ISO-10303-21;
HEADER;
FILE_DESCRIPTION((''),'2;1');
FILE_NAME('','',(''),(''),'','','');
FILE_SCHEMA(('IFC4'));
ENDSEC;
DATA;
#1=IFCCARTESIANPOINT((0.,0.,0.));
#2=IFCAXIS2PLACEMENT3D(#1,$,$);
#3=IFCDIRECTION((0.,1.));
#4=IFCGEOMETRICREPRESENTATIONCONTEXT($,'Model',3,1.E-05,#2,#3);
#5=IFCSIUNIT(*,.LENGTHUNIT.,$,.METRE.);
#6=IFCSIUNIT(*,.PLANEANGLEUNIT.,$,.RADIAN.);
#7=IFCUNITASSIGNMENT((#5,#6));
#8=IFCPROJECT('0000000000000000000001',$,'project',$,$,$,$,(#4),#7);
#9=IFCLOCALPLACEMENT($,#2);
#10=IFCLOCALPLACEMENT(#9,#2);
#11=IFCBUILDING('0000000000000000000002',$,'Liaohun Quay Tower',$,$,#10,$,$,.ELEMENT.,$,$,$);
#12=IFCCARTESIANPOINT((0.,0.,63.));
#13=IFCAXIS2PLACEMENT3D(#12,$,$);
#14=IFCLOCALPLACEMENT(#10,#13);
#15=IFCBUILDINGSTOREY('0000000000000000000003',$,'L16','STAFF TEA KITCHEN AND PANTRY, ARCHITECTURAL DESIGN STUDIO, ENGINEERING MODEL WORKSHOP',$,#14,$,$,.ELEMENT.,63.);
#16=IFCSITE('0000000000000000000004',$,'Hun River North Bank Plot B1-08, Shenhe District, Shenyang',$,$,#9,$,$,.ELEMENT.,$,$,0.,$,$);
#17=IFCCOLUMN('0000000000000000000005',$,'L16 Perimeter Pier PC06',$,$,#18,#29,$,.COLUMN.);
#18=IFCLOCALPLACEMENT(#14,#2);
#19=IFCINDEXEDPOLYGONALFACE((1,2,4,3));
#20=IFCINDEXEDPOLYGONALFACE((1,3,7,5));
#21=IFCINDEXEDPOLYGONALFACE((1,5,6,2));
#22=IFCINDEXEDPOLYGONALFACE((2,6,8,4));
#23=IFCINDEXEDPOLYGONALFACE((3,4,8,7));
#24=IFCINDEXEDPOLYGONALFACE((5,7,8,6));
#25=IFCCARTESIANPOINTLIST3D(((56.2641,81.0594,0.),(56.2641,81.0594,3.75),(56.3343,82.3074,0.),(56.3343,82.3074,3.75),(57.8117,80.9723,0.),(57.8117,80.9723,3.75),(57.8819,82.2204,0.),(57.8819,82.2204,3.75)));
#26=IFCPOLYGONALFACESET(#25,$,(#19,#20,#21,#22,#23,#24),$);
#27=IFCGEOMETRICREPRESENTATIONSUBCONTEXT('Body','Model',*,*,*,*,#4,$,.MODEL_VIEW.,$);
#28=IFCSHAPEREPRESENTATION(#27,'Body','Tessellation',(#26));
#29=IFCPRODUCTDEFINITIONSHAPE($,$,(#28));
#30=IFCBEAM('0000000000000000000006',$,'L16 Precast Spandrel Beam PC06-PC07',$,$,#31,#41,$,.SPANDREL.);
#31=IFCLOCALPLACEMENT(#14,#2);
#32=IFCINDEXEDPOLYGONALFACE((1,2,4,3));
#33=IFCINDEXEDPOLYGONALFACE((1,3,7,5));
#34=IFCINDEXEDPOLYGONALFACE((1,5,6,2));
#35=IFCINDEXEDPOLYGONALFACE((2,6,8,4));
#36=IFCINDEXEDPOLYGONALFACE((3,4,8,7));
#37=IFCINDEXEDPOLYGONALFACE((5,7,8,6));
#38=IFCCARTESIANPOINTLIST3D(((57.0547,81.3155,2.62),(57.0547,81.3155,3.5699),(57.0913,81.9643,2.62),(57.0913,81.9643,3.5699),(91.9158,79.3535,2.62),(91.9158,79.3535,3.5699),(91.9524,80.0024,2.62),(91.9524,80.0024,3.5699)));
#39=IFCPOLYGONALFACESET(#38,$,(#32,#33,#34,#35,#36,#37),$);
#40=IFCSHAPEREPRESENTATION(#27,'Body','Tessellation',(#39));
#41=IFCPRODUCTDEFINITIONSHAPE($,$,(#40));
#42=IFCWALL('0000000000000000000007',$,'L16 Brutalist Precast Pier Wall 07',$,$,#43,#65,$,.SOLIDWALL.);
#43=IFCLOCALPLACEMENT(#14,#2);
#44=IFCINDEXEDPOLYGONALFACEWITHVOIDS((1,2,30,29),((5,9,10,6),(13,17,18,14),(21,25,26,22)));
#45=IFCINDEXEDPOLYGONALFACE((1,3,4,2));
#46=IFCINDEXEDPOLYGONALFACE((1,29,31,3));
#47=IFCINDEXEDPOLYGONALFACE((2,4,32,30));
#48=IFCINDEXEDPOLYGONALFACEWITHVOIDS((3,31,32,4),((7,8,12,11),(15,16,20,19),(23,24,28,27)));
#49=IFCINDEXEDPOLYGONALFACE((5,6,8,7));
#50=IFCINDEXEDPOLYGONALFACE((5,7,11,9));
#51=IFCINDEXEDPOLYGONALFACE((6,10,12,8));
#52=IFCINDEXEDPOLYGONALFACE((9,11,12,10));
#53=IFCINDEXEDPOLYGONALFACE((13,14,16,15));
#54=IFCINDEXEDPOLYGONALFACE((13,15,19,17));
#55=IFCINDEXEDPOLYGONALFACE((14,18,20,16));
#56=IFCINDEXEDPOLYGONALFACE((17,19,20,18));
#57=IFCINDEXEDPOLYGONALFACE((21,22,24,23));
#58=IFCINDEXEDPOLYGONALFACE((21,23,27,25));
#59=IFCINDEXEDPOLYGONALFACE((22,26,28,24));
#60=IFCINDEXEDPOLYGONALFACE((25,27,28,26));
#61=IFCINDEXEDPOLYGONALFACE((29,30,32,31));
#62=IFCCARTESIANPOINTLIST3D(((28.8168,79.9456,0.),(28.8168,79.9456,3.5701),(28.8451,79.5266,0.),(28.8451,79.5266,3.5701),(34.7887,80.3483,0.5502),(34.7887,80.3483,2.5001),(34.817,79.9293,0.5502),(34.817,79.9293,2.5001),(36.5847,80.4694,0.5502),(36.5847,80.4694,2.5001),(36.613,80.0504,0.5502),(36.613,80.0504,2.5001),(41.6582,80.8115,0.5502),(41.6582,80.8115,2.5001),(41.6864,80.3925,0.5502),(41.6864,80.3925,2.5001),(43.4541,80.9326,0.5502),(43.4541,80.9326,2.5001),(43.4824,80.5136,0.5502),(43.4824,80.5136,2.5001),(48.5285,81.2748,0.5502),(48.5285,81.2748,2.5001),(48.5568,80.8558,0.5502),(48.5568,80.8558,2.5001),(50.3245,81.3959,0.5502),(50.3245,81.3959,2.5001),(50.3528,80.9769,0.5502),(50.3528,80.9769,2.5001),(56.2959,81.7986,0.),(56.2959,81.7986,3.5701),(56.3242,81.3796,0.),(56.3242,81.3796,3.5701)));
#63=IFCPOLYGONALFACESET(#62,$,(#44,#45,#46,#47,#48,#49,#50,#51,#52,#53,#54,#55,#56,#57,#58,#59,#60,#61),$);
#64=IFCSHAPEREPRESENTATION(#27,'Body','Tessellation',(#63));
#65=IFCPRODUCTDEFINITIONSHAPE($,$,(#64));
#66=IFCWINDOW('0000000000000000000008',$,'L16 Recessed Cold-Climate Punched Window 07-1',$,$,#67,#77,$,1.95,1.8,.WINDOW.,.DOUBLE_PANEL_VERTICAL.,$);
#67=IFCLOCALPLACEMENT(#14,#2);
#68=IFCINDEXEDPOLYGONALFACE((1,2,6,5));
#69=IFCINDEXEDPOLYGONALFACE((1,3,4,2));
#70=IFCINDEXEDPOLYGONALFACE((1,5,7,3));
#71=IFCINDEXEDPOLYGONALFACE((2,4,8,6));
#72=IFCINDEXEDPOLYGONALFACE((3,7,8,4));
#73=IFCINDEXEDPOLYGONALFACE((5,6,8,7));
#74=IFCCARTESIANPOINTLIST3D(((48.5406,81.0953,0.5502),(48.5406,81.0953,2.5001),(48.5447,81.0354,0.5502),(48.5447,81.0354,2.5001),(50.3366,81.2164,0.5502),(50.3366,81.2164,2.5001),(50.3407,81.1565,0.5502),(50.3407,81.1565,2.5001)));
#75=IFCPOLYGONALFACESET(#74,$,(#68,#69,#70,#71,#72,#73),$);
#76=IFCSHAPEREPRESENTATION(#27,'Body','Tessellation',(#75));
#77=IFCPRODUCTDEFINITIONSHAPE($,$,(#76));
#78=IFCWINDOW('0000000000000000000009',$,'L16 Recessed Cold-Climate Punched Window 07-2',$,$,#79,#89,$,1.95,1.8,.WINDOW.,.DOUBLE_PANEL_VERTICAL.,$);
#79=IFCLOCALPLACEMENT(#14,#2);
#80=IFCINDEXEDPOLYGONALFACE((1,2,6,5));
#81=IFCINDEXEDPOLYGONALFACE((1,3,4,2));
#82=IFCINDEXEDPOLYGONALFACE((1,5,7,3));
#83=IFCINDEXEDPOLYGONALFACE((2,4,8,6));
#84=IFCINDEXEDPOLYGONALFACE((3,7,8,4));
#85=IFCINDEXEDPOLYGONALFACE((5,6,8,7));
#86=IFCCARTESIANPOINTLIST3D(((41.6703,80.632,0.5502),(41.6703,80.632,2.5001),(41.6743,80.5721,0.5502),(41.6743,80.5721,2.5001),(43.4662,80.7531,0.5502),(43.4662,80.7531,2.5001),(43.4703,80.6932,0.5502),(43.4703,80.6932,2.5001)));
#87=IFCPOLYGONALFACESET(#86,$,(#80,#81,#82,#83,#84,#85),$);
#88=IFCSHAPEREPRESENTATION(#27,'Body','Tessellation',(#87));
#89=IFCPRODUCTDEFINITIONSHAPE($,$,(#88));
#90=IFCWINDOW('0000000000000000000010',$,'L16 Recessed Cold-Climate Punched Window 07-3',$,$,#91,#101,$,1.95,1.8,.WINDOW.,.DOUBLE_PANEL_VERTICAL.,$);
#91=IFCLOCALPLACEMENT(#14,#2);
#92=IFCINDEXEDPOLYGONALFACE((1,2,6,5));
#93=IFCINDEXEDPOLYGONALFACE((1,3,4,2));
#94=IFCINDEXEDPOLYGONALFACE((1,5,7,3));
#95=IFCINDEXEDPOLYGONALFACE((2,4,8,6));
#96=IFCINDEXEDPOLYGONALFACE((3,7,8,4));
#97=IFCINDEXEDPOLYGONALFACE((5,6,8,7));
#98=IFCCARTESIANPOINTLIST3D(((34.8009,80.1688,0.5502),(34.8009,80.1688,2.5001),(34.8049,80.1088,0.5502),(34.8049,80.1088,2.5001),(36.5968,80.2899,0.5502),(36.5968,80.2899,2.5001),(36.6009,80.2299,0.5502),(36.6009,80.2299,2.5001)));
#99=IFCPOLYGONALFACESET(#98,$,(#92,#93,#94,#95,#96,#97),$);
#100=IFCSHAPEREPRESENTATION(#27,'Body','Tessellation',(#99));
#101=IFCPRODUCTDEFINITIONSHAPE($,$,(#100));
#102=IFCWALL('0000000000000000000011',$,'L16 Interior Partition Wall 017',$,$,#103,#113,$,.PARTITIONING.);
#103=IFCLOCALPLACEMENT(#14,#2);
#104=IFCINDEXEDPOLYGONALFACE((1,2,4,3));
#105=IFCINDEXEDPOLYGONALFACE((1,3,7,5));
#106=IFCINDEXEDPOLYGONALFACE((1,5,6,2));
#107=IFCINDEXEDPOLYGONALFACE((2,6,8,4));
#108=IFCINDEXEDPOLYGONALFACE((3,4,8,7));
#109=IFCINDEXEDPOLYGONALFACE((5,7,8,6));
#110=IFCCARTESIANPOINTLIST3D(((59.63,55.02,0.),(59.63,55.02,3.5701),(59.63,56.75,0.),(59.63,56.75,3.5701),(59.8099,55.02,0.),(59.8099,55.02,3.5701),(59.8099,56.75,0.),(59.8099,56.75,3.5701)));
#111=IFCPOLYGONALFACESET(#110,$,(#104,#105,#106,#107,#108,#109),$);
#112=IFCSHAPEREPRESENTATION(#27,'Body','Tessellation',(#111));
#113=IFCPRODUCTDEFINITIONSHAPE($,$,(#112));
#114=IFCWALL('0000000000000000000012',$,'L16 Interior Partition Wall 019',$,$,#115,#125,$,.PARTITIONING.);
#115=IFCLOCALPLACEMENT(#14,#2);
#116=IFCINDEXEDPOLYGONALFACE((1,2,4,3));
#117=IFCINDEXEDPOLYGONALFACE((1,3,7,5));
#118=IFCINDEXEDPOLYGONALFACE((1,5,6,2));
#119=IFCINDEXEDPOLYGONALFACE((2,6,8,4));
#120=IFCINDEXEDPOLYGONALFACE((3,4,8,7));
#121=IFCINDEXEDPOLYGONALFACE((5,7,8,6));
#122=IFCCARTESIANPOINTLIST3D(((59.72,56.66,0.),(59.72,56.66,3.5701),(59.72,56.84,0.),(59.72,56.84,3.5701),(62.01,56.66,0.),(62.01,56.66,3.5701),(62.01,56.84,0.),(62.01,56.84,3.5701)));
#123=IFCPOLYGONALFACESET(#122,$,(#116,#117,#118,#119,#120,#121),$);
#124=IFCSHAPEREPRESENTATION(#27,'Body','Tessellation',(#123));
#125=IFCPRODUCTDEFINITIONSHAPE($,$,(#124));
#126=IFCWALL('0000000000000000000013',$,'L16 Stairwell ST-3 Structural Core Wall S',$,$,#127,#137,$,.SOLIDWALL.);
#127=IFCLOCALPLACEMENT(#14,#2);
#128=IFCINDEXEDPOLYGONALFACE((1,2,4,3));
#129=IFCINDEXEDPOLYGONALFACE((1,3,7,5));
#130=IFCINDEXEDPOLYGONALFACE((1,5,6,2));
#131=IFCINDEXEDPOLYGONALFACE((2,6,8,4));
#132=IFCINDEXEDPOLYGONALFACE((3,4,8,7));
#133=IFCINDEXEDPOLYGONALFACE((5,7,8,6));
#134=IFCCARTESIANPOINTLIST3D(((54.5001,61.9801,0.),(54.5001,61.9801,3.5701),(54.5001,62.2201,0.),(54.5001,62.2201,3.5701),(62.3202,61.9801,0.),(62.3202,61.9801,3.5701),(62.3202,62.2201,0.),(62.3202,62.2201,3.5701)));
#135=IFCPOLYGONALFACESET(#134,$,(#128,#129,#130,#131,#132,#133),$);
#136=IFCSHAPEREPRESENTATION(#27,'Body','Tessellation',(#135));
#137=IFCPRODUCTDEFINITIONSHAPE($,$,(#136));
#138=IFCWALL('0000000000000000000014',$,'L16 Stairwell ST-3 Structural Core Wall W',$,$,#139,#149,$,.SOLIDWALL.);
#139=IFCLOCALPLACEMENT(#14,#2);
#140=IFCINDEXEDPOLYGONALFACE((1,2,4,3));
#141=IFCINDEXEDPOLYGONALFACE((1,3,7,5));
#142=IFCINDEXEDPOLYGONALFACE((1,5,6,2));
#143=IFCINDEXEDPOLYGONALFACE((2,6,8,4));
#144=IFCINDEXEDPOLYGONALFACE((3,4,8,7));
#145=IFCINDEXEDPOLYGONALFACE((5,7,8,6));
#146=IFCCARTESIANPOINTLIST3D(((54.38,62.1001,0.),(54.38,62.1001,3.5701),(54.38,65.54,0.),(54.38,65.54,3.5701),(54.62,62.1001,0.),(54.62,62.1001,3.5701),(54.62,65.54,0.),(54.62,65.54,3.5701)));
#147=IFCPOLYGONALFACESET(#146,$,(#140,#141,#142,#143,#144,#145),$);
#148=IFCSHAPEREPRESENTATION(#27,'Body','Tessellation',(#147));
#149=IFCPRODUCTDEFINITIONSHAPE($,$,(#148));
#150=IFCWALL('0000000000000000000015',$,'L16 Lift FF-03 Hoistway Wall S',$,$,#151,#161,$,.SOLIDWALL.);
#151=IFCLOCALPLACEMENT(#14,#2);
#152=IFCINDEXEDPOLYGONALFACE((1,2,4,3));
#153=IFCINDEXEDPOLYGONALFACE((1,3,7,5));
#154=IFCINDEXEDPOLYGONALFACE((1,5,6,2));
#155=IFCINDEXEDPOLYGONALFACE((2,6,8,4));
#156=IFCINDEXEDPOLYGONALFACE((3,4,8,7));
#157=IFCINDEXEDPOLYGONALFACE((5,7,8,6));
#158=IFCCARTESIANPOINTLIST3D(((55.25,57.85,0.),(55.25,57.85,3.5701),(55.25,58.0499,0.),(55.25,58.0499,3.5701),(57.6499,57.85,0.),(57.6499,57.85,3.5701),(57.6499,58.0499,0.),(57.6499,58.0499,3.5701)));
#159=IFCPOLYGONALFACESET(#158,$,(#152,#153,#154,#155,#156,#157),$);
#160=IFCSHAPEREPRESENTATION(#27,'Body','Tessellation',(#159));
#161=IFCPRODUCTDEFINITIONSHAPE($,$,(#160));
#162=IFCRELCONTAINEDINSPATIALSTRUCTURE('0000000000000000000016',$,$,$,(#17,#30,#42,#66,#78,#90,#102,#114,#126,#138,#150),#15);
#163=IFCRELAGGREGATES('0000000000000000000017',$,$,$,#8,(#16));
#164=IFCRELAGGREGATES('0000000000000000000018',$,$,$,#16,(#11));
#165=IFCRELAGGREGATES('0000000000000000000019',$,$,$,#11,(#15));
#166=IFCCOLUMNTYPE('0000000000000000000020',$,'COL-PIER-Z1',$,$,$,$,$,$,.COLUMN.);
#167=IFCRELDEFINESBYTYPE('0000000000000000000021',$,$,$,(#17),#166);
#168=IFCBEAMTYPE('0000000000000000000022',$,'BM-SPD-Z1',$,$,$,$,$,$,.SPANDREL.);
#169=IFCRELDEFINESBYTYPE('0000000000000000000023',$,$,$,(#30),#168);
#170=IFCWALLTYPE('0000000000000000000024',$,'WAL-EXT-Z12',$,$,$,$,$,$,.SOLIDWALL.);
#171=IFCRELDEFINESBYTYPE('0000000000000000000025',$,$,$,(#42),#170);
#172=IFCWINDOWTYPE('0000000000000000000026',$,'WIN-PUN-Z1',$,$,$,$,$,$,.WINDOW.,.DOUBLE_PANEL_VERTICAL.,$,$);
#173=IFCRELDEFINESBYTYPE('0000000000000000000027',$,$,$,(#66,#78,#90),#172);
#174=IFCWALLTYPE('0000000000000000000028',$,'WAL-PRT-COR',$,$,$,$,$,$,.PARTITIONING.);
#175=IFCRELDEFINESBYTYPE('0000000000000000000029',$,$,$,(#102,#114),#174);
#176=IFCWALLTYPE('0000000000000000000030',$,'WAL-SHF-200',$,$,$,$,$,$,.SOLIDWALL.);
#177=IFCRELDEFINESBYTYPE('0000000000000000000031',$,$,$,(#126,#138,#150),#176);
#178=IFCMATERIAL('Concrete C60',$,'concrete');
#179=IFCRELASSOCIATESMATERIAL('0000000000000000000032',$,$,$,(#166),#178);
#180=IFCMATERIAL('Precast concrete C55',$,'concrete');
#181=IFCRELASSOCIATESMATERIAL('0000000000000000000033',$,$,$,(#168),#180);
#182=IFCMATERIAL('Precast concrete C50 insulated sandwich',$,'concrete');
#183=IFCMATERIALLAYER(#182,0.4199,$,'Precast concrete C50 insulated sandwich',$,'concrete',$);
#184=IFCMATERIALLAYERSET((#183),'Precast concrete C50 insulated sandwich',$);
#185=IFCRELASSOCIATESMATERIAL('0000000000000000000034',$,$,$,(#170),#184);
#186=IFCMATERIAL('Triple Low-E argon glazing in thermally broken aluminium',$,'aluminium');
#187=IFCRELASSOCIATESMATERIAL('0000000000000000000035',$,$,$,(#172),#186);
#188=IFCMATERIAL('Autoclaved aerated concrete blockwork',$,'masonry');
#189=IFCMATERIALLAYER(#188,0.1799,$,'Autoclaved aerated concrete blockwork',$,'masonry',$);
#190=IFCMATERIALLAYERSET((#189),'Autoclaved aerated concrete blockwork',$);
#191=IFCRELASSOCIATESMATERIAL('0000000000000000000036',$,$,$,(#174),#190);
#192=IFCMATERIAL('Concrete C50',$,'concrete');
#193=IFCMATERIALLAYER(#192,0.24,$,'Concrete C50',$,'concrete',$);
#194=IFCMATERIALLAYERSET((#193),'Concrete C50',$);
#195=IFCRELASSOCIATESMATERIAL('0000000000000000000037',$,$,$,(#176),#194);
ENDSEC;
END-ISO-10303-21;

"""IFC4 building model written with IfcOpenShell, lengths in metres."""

from ifc_helpers import new_model, si_unit, direction, frame, frame_2d, origin, origin_2d, place, context, subcontext, project, spatial, rectangle, extrude, source, transform, mapped, material, layer, layer_set, material_profile, profile_set, type_object, element, fill, save


model = new_model("IFC4")

# Units and contexts
model_context = context("Model", 3, precision=1e-05, world=origin(), true_north=direction((0.0, 1.0)))
body_context = subcontext(model_context, "Body", "Model", "MODEL_VIEW")
ifc_project = project(units=[si_unit("LENGTHUNIT", "METRE"), si_unit("PLANEANGLEUNIT", "RADIAN")], contexts=[model_context])

# Site, building, storey
site_placement = place(None, origin())
site = spatial("IfcSite", under=ifc_project, at=site_placement, Name="Hun River North Bank Plot B1-08, Shenhe District, Shenyang", CompositionType="ELEMENT", RefElevation=0.0)
building_placement = place(site_placement, origin())
building = spatial("IfcBuilding", under=site, at=building_placement, Name="Liaohun Quay Tower", CompositionType="ELEMENT")
storey_placement = place(building_placement, frame((0.0, 0.0, 63.0)))
storey = spatial("IfcBuildingStorey", under=building, at=storey_placement, Name="L16", Description="STAFF TEA KITCHEN AND PANTRY, ARCHITECTURAL DESIGN STUDIO, ENGINEERING MODEL WORKSHOP", CompositionType="ELEMENT", Elevation=63.0)

# Column
ifc_material_1 = material(Name="Concrete C60", Category="concrete")
ifc_material_profile_1 = material_profile(ifc_material_1, rectangle(XDim=1.55, YDim=1.25, at=origin_2d()), Name="RC1550x1250")
ifc_profile_set_1 = profile_set([ifc_material_profile_1], Name="Concrete C60")
column_type = type_object("IfcColumnType", Name="COL-PIER-Z1", PredefinedType="COLUMN", material=ifc_profile_set_1)
shared_shape_1 = source(origin(), body_context, "Body", "SweptSolid", [
    extrude(rectangle(XDim=1.55, YDim=1.25, at=origin_2d()), origin(), (0.0, 0.0, 1.0), 3.75),
])
column_placement = place(storey_placement, frame((57.073, 81.6399, 0.0), z_axis=(0.0, 0.0, 1.0), x_axis=(-0.998421, 0.05617, 0.0)))
element("IfcColumn", 1, at=column_placement, inside=storey, type_object=column_type, Name="L16 Perimeter Pier PC06", PredefinedType="COLUMN", context=body_context, shape_type="MappedRepresentation", body=[
    mapped(shared_shape_1, transform((0.0, 0.0, 0.0), x_axis=(1.0, 0.0, 0.0), y_axis=(0.0, 1.0, 0.0), z_axis=(0.0, 0.0, 1.0), scale=1.0)),
])

# Beam
ifc_material_2 = material(Name="Precast concrete C55", Category="concrete")
ifc_material_profile_2 = material_profile(ifc_material_2, rectangle(XDim=0.6499, YDim=0.95, at=origin_2d()), Name="RC650x950")
ifc_profile_set_2 = profile_set([ifc_material_profile_2], Name="Precast concrete C55")
beam_type = type_object("IfcBeamType", Name="BM-SPD-Z1", PredefinedType="SPANDREL", material=ifc_profile_set_2)
shared_shape_2 = source(origin(), body_context, "Body", "SweptSolid", [
    extrude(rectangle(XDim=0.6499, YDim=0.95, at=origin_2d()), origin(), (0.0, 0.0, 1.0), 34.9163),
])
beam_placement = place(storey_placement, frame((57.073, 81.6399, 3.095), z_axis=(0.99842, -0.056189, 0.0), x_axis=(0.056189, 0.99842, 0.0)))
element("IfcBeam", 2, at=beam_placement, inside=storey, type_object=beam_type, Name="L16 Precast Spandrel Beam PC06-PC07", PredefinedType="SPANDREL", context=body_context, shape_type="MappedRepresentation", body=[
    mapped(shared_shape_2, transform((0.0, 0.0, 0.0), x_axis=(1.0, 0.0, 0.0), y_axis=(0.0, 1.0, 0.0), z_axis=(0.0, 0.0, 1.0), scale=1.0)),
])

# Wall, openings, windows
ifc_material_3 = material(Name="Precast concrete C50 insulated sandwich", Category="concrete")
ifc_layer_1 = layer(ifc_material_3, 0.4199, Name="Precast concrete C50 insulated sandwich", Category="concrete")
ifc_layer_set_1 = layer_set([ifc_layer_1], Name="Precast concrete C50 insulated sandwich")
wall_type_1 = type_object("IfcWallType", Name="WAL-EXT-Z12", PredefinedType="SOLIDWALL", material=ifc_layer_set_1)
wall_1_placement = place(storey_placement, frame((56.3101, 81.5891, 0.0), z_axis=(0.0, 0.0, 1.0), x_axis=(-0.997734, -0.067281, 0.0)))
wall_1 = element("IfcWall", 3, at=wall_1_placement, inside=storey, type_object=wall_type_1, Name="L16 Brutalist Precast Pier Wall 07", PredefinedType="SOLIDWALL", context=body_context, shape_type="SweptSolid", body=[
    extrude(rectangle(XDim=27.5415, YDim=0.4199, at=frame_2d((13.7708, 0.0))), origin(), (0.0, 0.0, 1.0), 3.5701),
])
shared_shape_3 = source(origin(), body_context, "Body", "SweptSolid", [
    extrude(rectangle(XDim=1.8, YDim=1.95, at=frame_2d((0.8999, 0.9751))), frame((0.0, 0.22, 0.0), z_axis=(0.0, -1.0, 0.0), x_axis=(1.0, 0.0, 0.0)), (0.0, 0.0, 1.0), 0.4399),
])
opening_1_placement = place(wall_1_placement, frame((5.9851, 0.0, 0.55)))
opening_1 = element("IfcOpeningElement", 4, at=opening_1_placement, cuts=wall_1, PredefinedType="OPENING", context=body_context, shape_type="MappedRepresentation", body=[
    mapped(shared_shape_3, transform((0.0, 0.0, 0.0), x_axis=(1.0, 0.0, 0.0), y_axis=(0.0, 1.0, 0.0), z_axis=(0.0, 0.0, 1.0), scale=1.0)),
])
opening_2_placement = place(wall_1_placement, frame((12.8711, 0.0, 0.55)))
opening_2 = element("IfcOpeningElement", 5, at=opening_2_placement, cuts=wall_1, PredefinedType="OPENING", context=body_context, shape_type="MappedRepresentation", body=[
    mapped(shared_shape_3, transform((0.0, 0.0, 0.0), x_axis=(1.0, 0.0, 0.0), y_axis=(0.0, 1.0, 0.0), z_axis=(0.0, 0.0, 1.0), scale=1.0)),
])
opening_3_placement = place(wall_1_placement, frame((19.7561, 0.0, 0.55)))
opening_3 = element("IfcOpeningElement", 6, at=opening_3_placement, cuts=wall_1, PredefinedType="OPENING", context=body_context, shape_type="MappedRepresentation", body=[
    mapped(shared_shape_3, transform((0.0, 0.0, 0.0), x_axis=(1.0, 0.0, 0.0), y_axis=(0.0, 1.0, 0.0), z_axis=(0.0, 0.0, 1.0), scale=1.0)),
])
ifc_material_4 = material(Name="Triple Low-E argon glazing in thermally broken aluminium", Category="aluminium")
window_type = type_object("IfcWindowType", Name="WIN-PUN-Z1", PartitioningType="DOUBLE_PANEL_VERTICAL", PredefinedType="WINDOW", material=ifc_material_4)
shared_shape_4 = source(origin(), body_context, "Body", "SweptSolid", [
    extrude(rectangle(XDim=1.8, YDim=1.95, at=frame_2d((0.8999, 0.9751))), frame((0.0, 0.03, 0.0), z_axis=(0.0, -1.0, 0.0), x_axis=(1.0, 0.0, 0.0)), (0.0, 0.0, 1.0), 0.0601),
])
window_1_placement = place(opening_1_placement, origin())
window_1 = element("IfcWindow", 7, at=window_1_placement, inside=storey, type_object=window_type, Name="L16 Recessed Cold-Climate Punched Window 07-1", OverallHeight=1.95, OverallWidth=1.8, PartitioningType="DOUBLE_PANEL_VERTICAL", PredefinedType="WINDOW", context=body_context, shape_type="MappedRepresentation", body=[
    mapped(shared_shape_4, transform((0.0, 0.0, 0.0), x_axis=(1.0, 0.0, 0.0), y_axis=(0.0, 1.0, 0.0), z_axis=(0.0, 0.0, 1.0), scale=1.0)),
])
fill(opening_1, window_1)
window_2_placement = place(opening_2_placement, origin())
window_2 = element("IfcWindow", 8, at=window_2_placement, inside=storey, type_object=window_type, Name="L16 Recessed Cold-Climate Punched Window 07-2", OverallHeight=1.95, OverallWidth=1.8, PartitioningType="DOUBLE_PANEL_VERTICAL", PredefinedType="WINDOW", context=body_context, shape_type="MappedRepresentation", body=[
    mapped(shared_shape_4, transform((0.0, 0.0, 0.0), x_axis=(1.0, 0.0, 0.0), y_axis=(0.0, 1.0, 0.0), z_axis=(0.0, 0.0, 1.0), scale=1.0)),
])
fill(opening_2, window_2)
window_3_placement = place(opening_3_placement, origin())
window_3 = element("IfcWindow", 9, at=window_3_placement, inside=storey, type_object=window_type, Name="L16 Recessed Cold-Climate Punched Window 07-3", OverallHeight=1.95, OverallWidth=1.8, PartitioningType="DOUBLE_PANEL_VERTICAL", PredefinedType="WINDOW", context=body_context, shape_type="MappedRepresentation", body=[
    mapped(shared_shape_4, transform((0.0, 0.0, 0.0), x_axis=(1.0, 0.0, 0.0), y_axis=(0.0, 1.0, 0.0), z_axis=(0.0, 0.0, 1.0), scale=1.0)),
])
fill(opening_3, window_3)

# Walls
ifc_material_5 = material(Name="Autoclaved aerated concrete blockwork", Category="masonry")
ifc_layer_2 = layer(ifc_material_5, 0.1799, Name="Autoclaved aerated concrete blockwork", Category="masonry")
ifc_layer_set_2 = layer_set([ifc_layer_2], Name="Autoclaved aerated concrete blockwork")
wall_type_2 = type_object("IfcWallType", Name="WAL-PRT-COR", PredefinedType="PARTITIONING", material=ifc_layer_set_2)
wall_2_placement = place(storey_placement, frame((59.72, 55.02, 0.0), z_axis=(0.0, 0.0, 1.0), x_axis=(0.0, 1.0, 0.0)))
element("IfcWall", 10, at=wall_2_placement, inside=storey, type_object=wall_type_2, Name="L16 Interior Partition Wall 017", PredefinedType="PARTITIONING", context=body_context, shape_type="SweptSolid", body=[
    extrude(rectangle(XDim=1.73, YDim=0.1799, at=frame_2d((0.865, 0.0))), origin(), (0.0, 0.0, 1.0), 3.5701),
])
wall_3_placement = place(storey_placement, frame((59.72, 56.75, 0.0), z_axis=(0.0, 0.0, 1.0), x_axis=(1.0, 0.0, 0.0)))
element("IfcWall", 11, at=wall_3_placement, inside=storey, type_object=wall_type_2, Name="L16 Interior Partition Wall 019", PredefinedType="PARTITIONING", context=body_context, shape_type="SweptSolid", body=[
    extrude(rectangle(XDim=2.29, YDim=0.1799, at=frame_2d((1.145, 0.0))), origin(), (0.0, 0.0, 1.0), 3.5701),
])
ifc_material_6 = material(Name="Concrete C50", Category="concrete")
ifc_layer_3 = layer(ifc_material_6, 0.24, Name="Concrete C50", Category="concrete")
ifc_layer_set_3 = layer_set([ifc_layer_3], Name="Concrete C50")
wall_type_3 = type_object("IfcWallType", Name="WAL-SHF-200", PredefinedType="SOLIDWALL", material=ifc_layer_set_3)
wall_4_placement = place(storey_placement, frame((54.5, 62.1001, 0.0), z_axis=(0.0, 0.0, 1.0), x_axis=(1.0, 0.0, 0.0)))
element("IfcWall", 12, at=wall_4_placement, inside=storey, type_object=wall_type_3, Name="L16 Stairwell ST-3 Structural Core Wall S", PredefinedType="SOLIDWALL", context=body_context, shape_type="SweptSolid", body=[
    extrude(rectangle(XDim=7.8201, YDim=0.24, at=frame_2d((3.9102, 0.0))), origin(), (0.0, 0.0, 1.0), 3.5701),
])
wall_5_placement = place(storey_placement, frame((54.5, 65.54, 0.0), z_axis=(0.0, 0.0, 1.0), x_axis=(0.0, -1.0, 0.0)))
element("IfcWall", 13, at=wall_5_placement, inside=storey, type_object=wall_type_3, Name="L16 Stairwell ST-3 Structural Core Wall W", PredefinedType="SOLIDWALL", context=body_context, shape_type="SweptSolid", body=[
    extrude(rectangle(XDim=3.4399, YDim=0.24, at=frame_2d((1.72, 0.0))), origin(), (0.0, 0.0, 1.0), 3.5701),
])
wall_6_placement = place(storey_placement, frame((55.25, 57.95, 0.0), z_axis=(0.0, 0.0, 1.0), x_axis=(1.0, 0.0, 0.0)))
element("IfcWall", 14, at=wall_6_placement, inside=storey, type_object=wall_type_3, Name="L16 Lift FF-03 Hoistway Wall S", PredefinedType="SOLIDWALL", context=body_context, shape_type="SweptSolid", body=[
    extrude(rectangle(XDim=2.3999, YDim=0.2, at=frame_2d((1.2, 0.0))), origin(), (0.0, 0.0, 1.0), 3.5701),
])

save(model, "model.ifc")
